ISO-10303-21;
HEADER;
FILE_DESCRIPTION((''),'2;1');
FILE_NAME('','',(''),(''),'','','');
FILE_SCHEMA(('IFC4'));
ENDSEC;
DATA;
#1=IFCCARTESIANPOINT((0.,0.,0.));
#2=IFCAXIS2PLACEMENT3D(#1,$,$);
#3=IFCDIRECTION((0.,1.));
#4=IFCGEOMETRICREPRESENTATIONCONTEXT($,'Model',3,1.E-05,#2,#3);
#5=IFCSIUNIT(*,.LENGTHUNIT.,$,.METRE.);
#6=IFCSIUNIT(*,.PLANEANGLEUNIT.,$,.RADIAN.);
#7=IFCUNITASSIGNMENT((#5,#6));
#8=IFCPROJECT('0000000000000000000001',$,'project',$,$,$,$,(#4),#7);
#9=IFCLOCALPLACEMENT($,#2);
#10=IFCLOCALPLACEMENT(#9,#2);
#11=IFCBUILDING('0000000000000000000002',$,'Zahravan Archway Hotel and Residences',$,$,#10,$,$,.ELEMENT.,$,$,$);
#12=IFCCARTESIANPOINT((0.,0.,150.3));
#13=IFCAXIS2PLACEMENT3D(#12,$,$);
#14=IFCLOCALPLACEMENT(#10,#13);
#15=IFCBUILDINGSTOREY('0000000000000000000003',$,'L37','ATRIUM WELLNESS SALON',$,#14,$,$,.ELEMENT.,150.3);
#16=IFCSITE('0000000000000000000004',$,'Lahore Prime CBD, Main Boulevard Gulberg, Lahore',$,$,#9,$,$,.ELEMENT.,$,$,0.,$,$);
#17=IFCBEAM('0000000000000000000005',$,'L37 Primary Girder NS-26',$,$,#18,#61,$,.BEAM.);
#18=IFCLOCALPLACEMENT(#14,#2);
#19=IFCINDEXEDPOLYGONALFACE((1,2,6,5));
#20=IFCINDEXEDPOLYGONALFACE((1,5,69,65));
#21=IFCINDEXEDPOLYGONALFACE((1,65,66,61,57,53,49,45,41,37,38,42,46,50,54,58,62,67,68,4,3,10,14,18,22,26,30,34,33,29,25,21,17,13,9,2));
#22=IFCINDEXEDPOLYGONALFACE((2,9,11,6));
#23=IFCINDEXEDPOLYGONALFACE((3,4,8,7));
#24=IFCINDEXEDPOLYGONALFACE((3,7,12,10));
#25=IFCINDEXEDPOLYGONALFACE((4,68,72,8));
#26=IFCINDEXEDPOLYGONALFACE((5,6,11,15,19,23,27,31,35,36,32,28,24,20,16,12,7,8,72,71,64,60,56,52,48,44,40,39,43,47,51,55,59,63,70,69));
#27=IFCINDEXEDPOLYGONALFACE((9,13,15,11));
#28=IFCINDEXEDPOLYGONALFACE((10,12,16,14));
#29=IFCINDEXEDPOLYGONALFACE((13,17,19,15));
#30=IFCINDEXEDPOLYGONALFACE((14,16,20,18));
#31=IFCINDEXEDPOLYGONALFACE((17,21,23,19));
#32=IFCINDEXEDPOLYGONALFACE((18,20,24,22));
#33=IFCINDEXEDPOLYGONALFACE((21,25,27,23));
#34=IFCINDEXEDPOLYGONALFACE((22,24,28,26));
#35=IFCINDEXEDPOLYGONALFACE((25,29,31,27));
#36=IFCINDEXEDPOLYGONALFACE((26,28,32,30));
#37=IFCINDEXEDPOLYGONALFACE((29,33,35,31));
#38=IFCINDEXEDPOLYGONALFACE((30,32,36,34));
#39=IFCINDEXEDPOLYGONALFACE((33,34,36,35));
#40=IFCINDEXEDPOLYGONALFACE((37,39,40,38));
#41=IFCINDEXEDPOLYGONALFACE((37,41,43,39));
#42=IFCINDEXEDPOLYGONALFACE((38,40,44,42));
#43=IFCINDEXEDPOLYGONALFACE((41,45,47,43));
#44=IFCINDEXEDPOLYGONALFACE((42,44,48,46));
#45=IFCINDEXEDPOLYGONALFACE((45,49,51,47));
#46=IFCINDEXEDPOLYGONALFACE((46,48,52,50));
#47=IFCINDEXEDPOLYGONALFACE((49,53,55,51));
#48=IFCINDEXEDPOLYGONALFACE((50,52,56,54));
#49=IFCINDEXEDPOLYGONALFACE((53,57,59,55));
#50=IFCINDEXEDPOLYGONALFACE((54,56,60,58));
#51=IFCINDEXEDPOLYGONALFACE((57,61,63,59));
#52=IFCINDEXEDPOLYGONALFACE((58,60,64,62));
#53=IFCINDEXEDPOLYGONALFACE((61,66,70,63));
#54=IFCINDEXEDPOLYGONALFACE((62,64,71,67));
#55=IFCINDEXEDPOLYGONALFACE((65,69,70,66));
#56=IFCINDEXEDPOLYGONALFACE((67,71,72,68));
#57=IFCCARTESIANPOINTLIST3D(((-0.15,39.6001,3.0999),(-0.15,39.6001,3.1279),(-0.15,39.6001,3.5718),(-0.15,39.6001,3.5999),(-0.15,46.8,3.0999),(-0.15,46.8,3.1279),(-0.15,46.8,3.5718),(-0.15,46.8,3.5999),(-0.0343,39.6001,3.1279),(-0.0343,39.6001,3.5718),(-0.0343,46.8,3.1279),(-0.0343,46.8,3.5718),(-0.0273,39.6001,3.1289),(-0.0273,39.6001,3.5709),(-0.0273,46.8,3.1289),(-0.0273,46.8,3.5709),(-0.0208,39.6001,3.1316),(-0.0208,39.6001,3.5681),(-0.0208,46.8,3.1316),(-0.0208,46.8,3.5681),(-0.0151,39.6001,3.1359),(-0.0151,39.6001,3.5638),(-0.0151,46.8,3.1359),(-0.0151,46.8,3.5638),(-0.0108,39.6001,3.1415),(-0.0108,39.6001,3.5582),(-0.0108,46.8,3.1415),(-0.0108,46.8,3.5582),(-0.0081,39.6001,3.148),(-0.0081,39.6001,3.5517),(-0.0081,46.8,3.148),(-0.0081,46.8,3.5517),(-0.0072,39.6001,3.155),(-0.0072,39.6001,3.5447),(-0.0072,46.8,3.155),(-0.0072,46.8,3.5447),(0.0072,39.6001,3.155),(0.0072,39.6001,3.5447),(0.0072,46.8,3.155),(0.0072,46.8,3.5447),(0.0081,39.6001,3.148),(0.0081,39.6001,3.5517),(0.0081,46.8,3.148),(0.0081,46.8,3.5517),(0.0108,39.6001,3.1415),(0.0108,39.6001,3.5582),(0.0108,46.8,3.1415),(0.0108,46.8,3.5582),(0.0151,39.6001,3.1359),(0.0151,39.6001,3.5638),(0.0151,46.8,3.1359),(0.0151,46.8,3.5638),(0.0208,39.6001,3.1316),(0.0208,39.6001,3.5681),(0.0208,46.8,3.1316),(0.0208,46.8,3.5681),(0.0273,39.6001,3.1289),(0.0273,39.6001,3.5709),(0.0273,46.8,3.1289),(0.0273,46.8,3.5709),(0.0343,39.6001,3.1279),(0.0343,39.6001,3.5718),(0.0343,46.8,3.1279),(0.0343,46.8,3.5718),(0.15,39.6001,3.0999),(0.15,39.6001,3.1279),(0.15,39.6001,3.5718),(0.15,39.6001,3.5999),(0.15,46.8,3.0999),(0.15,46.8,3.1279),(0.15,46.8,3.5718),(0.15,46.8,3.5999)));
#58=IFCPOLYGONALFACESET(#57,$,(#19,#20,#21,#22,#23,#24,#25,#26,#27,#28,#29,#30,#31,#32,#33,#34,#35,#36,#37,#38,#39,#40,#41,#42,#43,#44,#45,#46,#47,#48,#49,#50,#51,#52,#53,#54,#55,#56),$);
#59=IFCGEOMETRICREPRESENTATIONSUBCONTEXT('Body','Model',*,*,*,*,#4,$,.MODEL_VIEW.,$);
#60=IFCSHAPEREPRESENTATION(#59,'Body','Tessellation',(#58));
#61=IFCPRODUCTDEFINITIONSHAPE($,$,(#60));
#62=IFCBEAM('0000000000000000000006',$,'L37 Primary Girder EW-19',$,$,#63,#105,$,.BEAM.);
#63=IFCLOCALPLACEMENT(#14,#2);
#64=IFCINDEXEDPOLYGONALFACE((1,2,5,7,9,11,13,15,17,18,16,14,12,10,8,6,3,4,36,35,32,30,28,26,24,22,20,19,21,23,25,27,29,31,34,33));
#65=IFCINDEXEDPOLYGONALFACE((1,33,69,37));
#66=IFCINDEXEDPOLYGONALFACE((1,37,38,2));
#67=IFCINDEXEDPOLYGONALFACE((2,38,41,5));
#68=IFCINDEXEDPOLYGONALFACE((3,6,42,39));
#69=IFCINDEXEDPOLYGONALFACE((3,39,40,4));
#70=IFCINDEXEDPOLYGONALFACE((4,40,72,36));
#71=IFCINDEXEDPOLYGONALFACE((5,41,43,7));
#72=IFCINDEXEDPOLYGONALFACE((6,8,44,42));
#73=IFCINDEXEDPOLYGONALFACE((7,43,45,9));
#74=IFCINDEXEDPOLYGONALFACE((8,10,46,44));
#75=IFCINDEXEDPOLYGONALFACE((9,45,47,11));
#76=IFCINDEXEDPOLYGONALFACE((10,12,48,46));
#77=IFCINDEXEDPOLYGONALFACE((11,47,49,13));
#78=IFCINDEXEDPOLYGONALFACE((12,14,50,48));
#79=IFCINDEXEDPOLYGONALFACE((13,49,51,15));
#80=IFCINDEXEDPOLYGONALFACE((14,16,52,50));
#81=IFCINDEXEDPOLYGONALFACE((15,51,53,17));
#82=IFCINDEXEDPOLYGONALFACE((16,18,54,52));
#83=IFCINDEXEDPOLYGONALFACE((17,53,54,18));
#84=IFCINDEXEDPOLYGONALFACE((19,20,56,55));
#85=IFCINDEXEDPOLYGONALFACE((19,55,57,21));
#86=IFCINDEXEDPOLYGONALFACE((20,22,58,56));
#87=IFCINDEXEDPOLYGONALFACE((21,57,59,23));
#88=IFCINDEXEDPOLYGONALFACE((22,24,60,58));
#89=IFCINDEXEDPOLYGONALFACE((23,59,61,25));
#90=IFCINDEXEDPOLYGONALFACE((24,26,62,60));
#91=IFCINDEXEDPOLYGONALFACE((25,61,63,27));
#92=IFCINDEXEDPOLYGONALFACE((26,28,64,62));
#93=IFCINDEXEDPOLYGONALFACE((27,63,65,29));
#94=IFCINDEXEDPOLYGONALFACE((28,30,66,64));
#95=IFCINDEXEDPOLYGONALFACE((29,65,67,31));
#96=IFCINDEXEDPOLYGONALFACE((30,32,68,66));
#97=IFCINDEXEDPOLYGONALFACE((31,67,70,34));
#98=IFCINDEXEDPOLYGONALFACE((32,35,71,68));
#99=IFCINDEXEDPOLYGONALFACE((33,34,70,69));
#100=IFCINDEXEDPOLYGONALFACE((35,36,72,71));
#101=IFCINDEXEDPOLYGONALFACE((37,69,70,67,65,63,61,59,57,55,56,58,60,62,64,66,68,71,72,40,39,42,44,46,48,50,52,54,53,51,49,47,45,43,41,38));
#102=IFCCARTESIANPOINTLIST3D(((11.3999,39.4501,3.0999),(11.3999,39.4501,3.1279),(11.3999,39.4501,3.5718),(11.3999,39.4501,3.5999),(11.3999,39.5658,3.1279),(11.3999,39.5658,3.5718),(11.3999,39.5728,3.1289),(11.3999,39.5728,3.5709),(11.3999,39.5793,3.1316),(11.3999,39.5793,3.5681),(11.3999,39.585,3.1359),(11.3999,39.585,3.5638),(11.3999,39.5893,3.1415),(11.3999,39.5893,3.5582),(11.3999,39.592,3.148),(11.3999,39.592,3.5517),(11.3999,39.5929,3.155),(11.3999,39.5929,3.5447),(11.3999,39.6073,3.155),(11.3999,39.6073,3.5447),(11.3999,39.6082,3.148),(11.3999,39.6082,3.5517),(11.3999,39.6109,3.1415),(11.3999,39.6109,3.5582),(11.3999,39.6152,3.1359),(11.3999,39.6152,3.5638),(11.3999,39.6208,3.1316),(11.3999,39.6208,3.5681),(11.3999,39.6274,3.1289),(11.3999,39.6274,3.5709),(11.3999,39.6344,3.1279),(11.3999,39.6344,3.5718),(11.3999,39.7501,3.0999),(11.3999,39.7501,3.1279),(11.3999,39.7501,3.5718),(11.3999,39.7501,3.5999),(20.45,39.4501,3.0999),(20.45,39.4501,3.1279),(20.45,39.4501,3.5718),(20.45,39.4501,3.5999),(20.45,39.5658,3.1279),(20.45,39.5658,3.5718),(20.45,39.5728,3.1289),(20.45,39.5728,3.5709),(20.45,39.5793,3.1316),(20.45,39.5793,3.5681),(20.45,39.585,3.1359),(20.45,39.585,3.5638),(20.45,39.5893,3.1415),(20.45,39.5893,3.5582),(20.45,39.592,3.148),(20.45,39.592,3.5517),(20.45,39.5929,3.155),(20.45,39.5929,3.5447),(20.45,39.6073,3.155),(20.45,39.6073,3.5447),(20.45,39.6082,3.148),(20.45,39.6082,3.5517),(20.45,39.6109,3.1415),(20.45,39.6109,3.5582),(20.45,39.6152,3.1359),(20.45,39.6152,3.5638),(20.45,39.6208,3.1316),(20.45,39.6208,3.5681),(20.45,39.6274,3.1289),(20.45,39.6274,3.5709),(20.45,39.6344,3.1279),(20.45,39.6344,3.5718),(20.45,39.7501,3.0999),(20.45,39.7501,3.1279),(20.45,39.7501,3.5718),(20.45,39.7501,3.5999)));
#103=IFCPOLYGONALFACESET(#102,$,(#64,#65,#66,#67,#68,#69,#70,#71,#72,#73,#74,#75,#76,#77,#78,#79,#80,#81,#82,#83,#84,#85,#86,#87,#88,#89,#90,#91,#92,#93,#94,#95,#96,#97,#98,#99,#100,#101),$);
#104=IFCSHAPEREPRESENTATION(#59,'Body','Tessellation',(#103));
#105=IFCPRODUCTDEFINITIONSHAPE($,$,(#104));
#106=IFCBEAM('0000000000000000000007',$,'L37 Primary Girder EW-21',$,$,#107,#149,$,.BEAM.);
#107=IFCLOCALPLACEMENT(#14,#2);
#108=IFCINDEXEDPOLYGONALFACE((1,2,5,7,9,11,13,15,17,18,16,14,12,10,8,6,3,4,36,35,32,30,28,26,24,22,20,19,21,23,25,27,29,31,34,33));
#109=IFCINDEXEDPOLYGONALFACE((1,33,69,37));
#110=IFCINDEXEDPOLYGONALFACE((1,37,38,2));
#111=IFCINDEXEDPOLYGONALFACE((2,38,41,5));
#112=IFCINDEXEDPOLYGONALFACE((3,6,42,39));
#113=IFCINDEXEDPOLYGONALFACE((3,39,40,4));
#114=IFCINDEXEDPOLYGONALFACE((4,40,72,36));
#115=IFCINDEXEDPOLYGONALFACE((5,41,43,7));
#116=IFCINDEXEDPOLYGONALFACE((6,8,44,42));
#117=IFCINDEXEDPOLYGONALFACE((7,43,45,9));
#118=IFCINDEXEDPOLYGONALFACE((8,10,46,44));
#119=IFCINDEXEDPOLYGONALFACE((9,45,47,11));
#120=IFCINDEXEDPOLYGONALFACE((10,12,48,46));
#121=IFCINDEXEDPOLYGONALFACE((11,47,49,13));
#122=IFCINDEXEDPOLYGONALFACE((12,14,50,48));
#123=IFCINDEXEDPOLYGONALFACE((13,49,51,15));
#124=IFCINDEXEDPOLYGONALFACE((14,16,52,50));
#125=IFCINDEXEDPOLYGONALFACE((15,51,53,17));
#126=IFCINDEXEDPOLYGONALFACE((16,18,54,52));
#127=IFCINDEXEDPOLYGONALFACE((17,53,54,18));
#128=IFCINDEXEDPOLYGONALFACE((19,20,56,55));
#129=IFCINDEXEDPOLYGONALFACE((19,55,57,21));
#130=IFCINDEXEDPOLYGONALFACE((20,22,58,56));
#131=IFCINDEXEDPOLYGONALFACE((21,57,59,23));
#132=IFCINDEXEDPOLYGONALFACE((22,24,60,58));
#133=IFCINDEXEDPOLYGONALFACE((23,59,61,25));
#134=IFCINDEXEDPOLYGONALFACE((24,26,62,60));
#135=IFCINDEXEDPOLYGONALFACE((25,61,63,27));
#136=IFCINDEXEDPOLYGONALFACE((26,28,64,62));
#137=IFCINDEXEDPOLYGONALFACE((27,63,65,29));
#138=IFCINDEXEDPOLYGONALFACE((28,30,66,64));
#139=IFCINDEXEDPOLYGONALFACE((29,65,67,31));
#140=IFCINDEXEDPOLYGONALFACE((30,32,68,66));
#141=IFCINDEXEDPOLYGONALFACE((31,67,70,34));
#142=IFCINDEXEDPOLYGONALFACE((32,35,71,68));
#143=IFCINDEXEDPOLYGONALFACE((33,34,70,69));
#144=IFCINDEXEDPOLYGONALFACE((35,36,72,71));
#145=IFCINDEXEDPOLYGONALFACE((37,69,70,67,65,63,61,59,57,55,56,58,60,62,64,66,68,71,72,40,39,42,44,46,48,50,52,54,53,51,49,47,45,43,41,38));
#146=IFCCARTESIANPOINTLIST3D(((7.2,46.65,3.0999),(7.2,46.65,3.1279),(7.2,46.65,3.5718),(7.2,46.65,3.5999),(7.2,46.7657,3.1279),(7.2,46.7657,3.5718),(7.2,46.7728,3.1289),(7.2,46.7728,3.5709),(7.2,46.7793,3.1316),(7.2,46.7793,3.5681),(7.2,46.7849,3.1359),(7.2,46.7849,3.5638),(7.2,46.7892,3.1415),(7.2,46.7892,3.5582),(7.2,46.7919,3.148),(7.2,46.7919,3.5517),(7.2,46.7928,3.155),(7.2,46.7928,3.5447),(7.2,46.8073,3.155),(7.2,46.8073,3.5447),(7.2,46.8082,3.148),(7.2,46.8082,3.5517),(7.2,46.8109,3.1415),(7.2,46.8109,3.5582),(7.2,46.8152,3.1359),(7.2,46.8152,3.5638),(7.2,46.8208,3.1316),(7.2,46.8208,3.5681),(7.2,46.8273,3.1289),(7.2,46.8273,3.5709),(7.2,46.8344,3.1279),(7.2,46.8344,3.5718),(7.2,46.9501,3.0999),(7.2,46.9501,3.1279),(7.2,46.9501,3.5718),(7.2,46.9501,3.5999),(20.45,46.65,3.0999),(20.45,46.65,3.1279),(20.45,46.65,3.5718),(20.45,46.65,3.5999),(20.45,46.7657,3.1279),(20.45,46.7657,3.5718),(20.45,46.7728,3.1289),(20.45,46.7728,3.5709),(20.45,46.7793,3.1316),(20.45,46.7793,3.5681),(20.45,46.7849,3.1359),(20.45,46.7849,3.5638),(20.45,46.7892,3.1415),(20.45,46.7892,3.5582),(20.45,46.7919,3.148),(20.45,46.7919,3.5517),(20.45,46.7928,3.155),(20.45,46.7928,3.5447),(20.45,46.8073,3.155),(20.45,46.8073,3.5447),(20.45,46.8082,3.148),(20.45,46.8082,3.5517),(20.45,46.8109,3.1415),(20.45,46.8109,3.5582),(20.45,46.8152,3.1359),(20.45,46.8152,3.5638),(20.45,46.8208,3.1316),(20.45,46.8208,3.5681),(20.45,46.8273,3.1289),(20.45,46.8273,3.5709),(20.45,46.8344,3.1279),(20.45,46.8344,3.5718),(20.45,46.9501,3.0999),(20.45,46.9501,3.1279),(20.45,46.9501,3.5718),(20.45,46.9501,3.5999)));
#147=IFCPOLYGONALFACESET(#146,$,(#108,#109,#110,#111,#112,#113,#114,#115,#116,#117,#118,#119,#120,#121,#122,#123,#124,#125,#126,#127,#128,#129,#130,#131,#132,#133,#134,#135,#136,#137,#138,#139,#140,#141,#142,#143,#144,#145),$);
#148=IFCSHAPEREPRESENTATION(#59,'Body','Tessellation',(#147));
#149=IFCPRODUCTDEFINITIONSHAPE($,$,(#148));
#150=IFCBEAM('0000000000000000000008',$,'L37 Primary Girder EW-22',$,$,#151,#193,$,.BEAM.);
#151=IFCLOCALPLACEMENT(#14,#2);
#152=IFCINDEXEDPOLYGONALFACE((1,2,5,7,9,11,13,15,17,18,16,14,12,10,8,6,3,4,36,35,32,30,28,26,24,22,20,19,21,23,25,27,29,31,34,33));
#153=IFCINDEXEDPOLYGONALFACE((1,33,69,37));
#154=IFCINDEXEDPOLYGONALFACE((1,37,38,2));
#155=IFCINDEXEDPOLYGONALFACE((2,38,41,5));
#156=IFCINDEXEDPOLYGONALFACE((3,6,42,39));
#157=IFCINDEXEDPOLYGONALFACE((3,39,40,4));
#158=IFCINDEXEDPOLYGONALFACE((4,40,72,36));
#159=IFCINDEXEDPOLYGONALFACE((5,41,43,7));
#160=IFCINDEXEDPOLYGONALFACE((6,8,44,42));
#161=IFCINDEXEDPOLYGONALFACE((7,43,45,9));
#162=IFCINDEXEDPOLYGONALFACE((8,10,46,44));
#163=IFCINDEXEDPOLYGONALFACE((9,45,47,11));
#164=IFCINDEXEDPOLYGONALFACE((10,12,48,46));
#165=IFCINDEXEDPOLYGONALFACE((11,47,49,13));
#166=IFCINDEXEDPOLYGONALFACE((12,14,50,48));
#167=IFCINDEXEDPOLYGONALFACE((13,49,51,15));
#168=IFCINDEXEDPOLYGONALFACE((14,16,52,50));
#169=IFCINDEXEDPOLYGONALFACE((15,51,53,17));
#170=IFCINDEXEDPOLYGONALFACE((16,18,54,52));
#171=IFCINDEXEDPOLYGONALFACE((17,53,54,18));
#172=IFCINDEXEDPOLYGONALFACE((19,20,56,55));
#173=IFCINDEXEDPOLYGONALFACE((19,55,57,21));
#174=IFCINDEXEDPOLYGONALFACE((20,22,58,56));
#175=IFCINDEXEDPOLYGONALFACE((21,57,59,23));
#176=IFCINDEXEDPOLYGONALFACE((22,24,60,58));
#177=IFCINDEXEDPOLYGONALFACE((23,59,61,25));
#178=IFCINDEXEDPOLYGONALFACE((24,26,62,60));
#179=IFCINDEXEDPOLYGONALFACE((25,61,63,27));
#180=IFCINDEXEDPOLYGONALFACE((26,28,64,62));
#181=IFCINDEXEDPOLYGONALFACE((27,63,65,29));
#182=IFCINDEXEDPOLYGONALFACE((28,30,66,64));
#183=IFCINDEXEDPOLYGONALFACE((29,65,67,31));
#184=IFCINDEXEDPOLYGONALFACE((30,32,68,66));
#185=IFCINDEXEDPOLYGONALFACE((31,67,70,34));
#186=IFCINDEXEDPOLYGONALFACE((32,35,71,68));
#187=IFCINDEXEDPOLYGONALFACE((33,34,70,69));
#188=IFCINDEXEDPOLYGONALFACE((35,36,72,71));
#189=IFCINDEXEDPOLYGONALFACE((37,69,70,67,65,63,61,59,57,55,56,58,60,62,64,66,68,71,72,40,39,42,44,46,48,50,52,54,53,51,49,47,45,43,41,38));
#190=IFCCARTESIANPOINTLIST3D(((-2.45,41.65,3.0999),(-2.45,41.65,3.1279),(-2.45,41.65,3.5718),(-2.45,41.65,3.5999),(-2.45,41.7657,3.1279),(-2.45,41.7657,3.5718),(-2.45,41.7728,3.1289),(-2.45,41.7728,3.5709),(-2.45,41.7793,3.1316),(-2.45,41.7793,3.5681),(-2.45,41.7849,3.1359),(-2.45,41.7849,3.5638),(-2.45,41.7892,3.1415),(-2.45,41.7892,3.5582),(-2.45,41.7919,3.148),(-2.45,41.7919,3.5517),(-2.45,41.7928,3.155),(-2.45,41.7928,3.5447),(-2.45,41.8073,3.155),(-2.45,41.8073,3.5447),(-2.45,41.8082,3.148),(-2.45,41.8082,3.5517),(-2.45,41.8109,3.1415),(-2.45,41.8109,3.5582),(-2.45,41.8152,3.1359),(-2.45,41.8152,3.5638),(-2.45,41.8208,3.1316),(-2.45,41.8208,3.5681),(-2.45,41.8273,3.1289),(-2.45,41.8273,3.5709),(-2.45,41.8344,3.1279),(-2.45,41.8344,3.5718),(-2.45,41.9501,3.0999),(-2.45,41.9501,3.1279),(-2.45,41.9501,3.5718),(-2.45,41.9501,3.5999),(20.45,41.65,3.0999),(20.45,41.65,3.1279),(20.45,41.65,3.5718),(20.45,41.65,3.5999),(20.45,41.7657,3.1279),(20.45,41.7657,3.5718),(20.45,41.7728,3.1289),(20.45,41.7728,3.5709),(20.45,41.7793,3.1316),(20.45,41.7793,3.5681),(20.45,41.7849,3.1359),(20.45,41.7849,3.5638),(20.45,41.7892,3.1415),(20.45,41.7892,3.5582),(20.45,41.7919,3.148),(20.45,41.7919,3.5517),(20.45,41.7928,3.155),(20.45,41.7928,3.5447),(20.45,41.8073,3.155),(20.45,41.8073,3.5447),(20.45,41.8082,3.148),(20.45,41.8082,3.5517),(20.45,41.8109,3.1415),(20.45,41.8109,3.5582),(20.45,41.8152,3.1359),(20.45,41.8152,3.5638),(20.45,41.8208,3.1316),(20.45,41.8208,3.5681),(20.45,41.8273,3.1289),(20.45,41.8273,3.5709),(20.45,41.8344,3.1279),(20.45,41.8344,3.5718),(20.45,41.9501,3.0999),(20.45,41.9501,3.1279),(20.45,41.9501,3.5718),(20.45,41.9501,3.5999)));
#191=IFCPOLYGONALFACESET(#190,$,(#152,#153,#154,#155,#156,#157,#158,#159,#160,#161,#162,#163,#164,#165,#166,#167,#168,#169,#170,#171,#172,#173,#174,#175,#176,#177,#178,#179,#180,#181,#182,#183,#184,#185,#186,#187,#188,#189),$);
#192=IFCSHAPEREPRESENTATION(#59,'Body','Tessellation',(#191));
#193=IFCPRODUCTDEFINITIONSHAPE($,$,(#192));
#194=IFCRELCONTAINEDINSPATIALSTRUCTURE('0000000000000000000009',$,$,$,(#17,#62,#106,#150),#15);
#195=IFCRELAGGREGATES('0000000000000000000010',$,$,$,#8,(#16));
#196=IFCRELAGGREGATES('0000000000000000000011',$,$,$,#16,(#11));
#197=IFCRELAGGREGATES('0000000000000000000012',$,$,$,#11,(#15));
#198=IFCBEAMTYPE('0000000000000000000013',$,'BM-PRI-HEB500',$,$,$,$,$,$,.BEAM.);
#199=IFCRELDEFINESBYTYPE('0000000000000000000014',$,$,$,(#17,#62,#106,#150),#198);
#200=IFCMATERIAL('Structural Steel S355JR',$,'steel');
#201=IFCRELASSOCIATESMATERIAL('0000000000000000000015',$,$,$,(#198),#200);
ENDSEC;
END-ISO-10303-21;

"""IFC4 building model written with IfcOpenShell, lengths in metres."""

from ifc_helpers import new_model, si_unit, direction, frame, origin, origin_2d, place, context, subcontext, project, spatial, i_section, extrude, source, transform, mapped, material, material_profile, profile_set, type_object, element, save


model = new_model("IFC4")

# Units and contexts
model_context = context("Model", 3, precision=1e-05, world=origin(), true_north=direction((0.0, 1.0)))
body_context = subcontext(model_context, "Body", "Model", "MODEL_VIEW")
ifc_project = project(units=[si_unit("LENGTHUNIT", "METRE"), si_unit("PLANEANGLEUNIT", "RADIAN")], contexts=[model_context])

# Site, building, storey
site_placement = place(None, origin())
site = spatial("IfcSite", under=ifc_project, at=site_placement, Name="Lahore Prime CBD, Main Boulevard Gulberg, Lahore", CompositionType="ELEMENT", RefElevation=0.0)
building_placement = place(site_placement, origin())
building = spatial("IfcBuilding", under=site, at=building_placement, Name="Zahravan Archway Hotel and Residences", CompositionType="ELEMENT")
storey_placement = place(building_placement, frame((0.0, 0.0, 150.3)))
storey = spatial("IfcBuildingStorey", under=building, at=storey_placement, Name="L37", Description="ATRIUM WELLNESS SALON", CompositionType="ELEMENT", Elevation=150.3)

# Beams
ifc_material_1 = material(Name="Structural Steel S355JR", Category="steel")
ifc_material_profile_1 = material_profile(ifc_material_1, i_section(OverallWidth=0.3, OverallDepth=0.5, WebThickness=0.0144, FlangeThickness=0.0281, FilletRadius=0.0271, at=origin_2d()), Name="HEB 500", Category="steel")
ifc_profile_set_1 = profile_set([ifc_material_profile_1], Name="Structural Steel S355JR")
beam_type_1 = type_object("IfcBeamType", Name="BM-PRI-HEB500", PredefinedType="BEAM", material=ifc_profile_set_1)
shared_shape_1 = source(origin(), body_context, "Body", "SweptSolid", [
    extrude(i_section(OverallWidth=0.3, OverallDepth=0.5, WebThickness=0.0144, FlangeThickness=0.0281, FilletRadius=0.0271, at=origin_2d()), origin(), (0.0, 0.0, 1.0), 7.2),
])
for number, where, z_axis, x_axis, name in (
    (1, (0.0, 39.6001, 3.3499), (0.0, 1.0, 0.0), (-1.0, 0.0, 0.0), "L37 Primary Girder NS-26"),
):
    element("IfcBeam", number, at=place(storey_placement, frame(where, z_axis=z_axis, x_axis=x_axis)), inside=storey, type_object=beam_type_1, Name=name, PredefinedType="BEAM", context=body_context, shape_type="MappedRepresentation", body=[
        mapped(shared_shape_1, transform((0.0, 0.0, 0.0), scale=1.0)),
    ])
shared_shape_2 = source(origin(), body_context, "Body", "SweptSolid", [
    extrude(i_section(OverallWidth=0.3, OverallDepth=0.5, WebThickness=0.0144, FlangeThickness=0.0281, FilletRadius=0.0271, at=origin_2d()), origin(), (0.0, 0.0, 1.0), 9.05),
])
beam_1_placement = place(storey_placement, frame((11.3999, 39.6001, 3.3499), z_axis=(1.0, 0.0, 0.0), x_axis=(0.0, 1.0, 0.0)))
element("IfcBeam", 2, at=beam_1_placement, inside=storey, type_object=beam_type_1, Name="L37 Primary Girder EW-19", PredefinedType="BEAM", context=body_context, shape_type="MappedRepresentation", body=[
    mapped(shared_shape_2, transform((0.0, 0.0, 0.0), scale=1.0)),
])
shared_shape_3 = source(origin(), body_context, "Body", "SweptSolid", [
    extrude(i_section(OverallWidth=0.3, OverallDepth=0.5, WebThickness=0.0144, FlangeThickness=0.0281, FilletRadius=0.0271, at=origin_2d()), origin(), (0.0, 0.0, 1.0), 13.25),
])
beam_2_placement = place(storey_placement, frame((7.2, 46.8, 3.3499), z_axis=(1.0, 0.0, 0.0), x_axis=(0.0, 1.0, 0.0)))
element("IfcBeam", 3, at=beam_2_placement, inside=storey, type_object=beam_type_1, Name="L37 Primary Girder EW-21", PredefinedType="BEAM", context=body_context, shape_type="MappedRepresentation", body=[
    mapped(shared_shape_3, transform((0.0, 0.0, 0.0), scale=1.0)),
])
shared_shape_4 = source(origin(), body_context, "Body", "SweptSolid", [
    extrude(i_section(OverallWidth=0.3, OverallDepth=0.5, WebThickness=0.0144, FlangeThickness=0.0281, FilletRadius=0.0271, at=origin_2d()), origin(), (0.0, 0.0, 1.0), 22.8999),
])
for number, where, z_axis, x_axis, name in (
    (4, (-2.45, 41.8, 3.3499), (1.0, 0.0, 0.0), (0.0, 1.0, 0.0), "L37 Primary Girder EW-22"),
):
    element("IfcBeam", number, at=place(storey_placement, frame(where, z_axis=z_axis, x_axis=x_axis)), inside=storey, type_object=beam_type_1, Name=name, PredefinedType="BEAM", context=body_context, shape_type="MappedRepresentation", body=[
        mapped(shared_shape_4, transform((0.0, 0.0, 0.0), scale=1.0)),
    ])

save(model, "model.ifc")
